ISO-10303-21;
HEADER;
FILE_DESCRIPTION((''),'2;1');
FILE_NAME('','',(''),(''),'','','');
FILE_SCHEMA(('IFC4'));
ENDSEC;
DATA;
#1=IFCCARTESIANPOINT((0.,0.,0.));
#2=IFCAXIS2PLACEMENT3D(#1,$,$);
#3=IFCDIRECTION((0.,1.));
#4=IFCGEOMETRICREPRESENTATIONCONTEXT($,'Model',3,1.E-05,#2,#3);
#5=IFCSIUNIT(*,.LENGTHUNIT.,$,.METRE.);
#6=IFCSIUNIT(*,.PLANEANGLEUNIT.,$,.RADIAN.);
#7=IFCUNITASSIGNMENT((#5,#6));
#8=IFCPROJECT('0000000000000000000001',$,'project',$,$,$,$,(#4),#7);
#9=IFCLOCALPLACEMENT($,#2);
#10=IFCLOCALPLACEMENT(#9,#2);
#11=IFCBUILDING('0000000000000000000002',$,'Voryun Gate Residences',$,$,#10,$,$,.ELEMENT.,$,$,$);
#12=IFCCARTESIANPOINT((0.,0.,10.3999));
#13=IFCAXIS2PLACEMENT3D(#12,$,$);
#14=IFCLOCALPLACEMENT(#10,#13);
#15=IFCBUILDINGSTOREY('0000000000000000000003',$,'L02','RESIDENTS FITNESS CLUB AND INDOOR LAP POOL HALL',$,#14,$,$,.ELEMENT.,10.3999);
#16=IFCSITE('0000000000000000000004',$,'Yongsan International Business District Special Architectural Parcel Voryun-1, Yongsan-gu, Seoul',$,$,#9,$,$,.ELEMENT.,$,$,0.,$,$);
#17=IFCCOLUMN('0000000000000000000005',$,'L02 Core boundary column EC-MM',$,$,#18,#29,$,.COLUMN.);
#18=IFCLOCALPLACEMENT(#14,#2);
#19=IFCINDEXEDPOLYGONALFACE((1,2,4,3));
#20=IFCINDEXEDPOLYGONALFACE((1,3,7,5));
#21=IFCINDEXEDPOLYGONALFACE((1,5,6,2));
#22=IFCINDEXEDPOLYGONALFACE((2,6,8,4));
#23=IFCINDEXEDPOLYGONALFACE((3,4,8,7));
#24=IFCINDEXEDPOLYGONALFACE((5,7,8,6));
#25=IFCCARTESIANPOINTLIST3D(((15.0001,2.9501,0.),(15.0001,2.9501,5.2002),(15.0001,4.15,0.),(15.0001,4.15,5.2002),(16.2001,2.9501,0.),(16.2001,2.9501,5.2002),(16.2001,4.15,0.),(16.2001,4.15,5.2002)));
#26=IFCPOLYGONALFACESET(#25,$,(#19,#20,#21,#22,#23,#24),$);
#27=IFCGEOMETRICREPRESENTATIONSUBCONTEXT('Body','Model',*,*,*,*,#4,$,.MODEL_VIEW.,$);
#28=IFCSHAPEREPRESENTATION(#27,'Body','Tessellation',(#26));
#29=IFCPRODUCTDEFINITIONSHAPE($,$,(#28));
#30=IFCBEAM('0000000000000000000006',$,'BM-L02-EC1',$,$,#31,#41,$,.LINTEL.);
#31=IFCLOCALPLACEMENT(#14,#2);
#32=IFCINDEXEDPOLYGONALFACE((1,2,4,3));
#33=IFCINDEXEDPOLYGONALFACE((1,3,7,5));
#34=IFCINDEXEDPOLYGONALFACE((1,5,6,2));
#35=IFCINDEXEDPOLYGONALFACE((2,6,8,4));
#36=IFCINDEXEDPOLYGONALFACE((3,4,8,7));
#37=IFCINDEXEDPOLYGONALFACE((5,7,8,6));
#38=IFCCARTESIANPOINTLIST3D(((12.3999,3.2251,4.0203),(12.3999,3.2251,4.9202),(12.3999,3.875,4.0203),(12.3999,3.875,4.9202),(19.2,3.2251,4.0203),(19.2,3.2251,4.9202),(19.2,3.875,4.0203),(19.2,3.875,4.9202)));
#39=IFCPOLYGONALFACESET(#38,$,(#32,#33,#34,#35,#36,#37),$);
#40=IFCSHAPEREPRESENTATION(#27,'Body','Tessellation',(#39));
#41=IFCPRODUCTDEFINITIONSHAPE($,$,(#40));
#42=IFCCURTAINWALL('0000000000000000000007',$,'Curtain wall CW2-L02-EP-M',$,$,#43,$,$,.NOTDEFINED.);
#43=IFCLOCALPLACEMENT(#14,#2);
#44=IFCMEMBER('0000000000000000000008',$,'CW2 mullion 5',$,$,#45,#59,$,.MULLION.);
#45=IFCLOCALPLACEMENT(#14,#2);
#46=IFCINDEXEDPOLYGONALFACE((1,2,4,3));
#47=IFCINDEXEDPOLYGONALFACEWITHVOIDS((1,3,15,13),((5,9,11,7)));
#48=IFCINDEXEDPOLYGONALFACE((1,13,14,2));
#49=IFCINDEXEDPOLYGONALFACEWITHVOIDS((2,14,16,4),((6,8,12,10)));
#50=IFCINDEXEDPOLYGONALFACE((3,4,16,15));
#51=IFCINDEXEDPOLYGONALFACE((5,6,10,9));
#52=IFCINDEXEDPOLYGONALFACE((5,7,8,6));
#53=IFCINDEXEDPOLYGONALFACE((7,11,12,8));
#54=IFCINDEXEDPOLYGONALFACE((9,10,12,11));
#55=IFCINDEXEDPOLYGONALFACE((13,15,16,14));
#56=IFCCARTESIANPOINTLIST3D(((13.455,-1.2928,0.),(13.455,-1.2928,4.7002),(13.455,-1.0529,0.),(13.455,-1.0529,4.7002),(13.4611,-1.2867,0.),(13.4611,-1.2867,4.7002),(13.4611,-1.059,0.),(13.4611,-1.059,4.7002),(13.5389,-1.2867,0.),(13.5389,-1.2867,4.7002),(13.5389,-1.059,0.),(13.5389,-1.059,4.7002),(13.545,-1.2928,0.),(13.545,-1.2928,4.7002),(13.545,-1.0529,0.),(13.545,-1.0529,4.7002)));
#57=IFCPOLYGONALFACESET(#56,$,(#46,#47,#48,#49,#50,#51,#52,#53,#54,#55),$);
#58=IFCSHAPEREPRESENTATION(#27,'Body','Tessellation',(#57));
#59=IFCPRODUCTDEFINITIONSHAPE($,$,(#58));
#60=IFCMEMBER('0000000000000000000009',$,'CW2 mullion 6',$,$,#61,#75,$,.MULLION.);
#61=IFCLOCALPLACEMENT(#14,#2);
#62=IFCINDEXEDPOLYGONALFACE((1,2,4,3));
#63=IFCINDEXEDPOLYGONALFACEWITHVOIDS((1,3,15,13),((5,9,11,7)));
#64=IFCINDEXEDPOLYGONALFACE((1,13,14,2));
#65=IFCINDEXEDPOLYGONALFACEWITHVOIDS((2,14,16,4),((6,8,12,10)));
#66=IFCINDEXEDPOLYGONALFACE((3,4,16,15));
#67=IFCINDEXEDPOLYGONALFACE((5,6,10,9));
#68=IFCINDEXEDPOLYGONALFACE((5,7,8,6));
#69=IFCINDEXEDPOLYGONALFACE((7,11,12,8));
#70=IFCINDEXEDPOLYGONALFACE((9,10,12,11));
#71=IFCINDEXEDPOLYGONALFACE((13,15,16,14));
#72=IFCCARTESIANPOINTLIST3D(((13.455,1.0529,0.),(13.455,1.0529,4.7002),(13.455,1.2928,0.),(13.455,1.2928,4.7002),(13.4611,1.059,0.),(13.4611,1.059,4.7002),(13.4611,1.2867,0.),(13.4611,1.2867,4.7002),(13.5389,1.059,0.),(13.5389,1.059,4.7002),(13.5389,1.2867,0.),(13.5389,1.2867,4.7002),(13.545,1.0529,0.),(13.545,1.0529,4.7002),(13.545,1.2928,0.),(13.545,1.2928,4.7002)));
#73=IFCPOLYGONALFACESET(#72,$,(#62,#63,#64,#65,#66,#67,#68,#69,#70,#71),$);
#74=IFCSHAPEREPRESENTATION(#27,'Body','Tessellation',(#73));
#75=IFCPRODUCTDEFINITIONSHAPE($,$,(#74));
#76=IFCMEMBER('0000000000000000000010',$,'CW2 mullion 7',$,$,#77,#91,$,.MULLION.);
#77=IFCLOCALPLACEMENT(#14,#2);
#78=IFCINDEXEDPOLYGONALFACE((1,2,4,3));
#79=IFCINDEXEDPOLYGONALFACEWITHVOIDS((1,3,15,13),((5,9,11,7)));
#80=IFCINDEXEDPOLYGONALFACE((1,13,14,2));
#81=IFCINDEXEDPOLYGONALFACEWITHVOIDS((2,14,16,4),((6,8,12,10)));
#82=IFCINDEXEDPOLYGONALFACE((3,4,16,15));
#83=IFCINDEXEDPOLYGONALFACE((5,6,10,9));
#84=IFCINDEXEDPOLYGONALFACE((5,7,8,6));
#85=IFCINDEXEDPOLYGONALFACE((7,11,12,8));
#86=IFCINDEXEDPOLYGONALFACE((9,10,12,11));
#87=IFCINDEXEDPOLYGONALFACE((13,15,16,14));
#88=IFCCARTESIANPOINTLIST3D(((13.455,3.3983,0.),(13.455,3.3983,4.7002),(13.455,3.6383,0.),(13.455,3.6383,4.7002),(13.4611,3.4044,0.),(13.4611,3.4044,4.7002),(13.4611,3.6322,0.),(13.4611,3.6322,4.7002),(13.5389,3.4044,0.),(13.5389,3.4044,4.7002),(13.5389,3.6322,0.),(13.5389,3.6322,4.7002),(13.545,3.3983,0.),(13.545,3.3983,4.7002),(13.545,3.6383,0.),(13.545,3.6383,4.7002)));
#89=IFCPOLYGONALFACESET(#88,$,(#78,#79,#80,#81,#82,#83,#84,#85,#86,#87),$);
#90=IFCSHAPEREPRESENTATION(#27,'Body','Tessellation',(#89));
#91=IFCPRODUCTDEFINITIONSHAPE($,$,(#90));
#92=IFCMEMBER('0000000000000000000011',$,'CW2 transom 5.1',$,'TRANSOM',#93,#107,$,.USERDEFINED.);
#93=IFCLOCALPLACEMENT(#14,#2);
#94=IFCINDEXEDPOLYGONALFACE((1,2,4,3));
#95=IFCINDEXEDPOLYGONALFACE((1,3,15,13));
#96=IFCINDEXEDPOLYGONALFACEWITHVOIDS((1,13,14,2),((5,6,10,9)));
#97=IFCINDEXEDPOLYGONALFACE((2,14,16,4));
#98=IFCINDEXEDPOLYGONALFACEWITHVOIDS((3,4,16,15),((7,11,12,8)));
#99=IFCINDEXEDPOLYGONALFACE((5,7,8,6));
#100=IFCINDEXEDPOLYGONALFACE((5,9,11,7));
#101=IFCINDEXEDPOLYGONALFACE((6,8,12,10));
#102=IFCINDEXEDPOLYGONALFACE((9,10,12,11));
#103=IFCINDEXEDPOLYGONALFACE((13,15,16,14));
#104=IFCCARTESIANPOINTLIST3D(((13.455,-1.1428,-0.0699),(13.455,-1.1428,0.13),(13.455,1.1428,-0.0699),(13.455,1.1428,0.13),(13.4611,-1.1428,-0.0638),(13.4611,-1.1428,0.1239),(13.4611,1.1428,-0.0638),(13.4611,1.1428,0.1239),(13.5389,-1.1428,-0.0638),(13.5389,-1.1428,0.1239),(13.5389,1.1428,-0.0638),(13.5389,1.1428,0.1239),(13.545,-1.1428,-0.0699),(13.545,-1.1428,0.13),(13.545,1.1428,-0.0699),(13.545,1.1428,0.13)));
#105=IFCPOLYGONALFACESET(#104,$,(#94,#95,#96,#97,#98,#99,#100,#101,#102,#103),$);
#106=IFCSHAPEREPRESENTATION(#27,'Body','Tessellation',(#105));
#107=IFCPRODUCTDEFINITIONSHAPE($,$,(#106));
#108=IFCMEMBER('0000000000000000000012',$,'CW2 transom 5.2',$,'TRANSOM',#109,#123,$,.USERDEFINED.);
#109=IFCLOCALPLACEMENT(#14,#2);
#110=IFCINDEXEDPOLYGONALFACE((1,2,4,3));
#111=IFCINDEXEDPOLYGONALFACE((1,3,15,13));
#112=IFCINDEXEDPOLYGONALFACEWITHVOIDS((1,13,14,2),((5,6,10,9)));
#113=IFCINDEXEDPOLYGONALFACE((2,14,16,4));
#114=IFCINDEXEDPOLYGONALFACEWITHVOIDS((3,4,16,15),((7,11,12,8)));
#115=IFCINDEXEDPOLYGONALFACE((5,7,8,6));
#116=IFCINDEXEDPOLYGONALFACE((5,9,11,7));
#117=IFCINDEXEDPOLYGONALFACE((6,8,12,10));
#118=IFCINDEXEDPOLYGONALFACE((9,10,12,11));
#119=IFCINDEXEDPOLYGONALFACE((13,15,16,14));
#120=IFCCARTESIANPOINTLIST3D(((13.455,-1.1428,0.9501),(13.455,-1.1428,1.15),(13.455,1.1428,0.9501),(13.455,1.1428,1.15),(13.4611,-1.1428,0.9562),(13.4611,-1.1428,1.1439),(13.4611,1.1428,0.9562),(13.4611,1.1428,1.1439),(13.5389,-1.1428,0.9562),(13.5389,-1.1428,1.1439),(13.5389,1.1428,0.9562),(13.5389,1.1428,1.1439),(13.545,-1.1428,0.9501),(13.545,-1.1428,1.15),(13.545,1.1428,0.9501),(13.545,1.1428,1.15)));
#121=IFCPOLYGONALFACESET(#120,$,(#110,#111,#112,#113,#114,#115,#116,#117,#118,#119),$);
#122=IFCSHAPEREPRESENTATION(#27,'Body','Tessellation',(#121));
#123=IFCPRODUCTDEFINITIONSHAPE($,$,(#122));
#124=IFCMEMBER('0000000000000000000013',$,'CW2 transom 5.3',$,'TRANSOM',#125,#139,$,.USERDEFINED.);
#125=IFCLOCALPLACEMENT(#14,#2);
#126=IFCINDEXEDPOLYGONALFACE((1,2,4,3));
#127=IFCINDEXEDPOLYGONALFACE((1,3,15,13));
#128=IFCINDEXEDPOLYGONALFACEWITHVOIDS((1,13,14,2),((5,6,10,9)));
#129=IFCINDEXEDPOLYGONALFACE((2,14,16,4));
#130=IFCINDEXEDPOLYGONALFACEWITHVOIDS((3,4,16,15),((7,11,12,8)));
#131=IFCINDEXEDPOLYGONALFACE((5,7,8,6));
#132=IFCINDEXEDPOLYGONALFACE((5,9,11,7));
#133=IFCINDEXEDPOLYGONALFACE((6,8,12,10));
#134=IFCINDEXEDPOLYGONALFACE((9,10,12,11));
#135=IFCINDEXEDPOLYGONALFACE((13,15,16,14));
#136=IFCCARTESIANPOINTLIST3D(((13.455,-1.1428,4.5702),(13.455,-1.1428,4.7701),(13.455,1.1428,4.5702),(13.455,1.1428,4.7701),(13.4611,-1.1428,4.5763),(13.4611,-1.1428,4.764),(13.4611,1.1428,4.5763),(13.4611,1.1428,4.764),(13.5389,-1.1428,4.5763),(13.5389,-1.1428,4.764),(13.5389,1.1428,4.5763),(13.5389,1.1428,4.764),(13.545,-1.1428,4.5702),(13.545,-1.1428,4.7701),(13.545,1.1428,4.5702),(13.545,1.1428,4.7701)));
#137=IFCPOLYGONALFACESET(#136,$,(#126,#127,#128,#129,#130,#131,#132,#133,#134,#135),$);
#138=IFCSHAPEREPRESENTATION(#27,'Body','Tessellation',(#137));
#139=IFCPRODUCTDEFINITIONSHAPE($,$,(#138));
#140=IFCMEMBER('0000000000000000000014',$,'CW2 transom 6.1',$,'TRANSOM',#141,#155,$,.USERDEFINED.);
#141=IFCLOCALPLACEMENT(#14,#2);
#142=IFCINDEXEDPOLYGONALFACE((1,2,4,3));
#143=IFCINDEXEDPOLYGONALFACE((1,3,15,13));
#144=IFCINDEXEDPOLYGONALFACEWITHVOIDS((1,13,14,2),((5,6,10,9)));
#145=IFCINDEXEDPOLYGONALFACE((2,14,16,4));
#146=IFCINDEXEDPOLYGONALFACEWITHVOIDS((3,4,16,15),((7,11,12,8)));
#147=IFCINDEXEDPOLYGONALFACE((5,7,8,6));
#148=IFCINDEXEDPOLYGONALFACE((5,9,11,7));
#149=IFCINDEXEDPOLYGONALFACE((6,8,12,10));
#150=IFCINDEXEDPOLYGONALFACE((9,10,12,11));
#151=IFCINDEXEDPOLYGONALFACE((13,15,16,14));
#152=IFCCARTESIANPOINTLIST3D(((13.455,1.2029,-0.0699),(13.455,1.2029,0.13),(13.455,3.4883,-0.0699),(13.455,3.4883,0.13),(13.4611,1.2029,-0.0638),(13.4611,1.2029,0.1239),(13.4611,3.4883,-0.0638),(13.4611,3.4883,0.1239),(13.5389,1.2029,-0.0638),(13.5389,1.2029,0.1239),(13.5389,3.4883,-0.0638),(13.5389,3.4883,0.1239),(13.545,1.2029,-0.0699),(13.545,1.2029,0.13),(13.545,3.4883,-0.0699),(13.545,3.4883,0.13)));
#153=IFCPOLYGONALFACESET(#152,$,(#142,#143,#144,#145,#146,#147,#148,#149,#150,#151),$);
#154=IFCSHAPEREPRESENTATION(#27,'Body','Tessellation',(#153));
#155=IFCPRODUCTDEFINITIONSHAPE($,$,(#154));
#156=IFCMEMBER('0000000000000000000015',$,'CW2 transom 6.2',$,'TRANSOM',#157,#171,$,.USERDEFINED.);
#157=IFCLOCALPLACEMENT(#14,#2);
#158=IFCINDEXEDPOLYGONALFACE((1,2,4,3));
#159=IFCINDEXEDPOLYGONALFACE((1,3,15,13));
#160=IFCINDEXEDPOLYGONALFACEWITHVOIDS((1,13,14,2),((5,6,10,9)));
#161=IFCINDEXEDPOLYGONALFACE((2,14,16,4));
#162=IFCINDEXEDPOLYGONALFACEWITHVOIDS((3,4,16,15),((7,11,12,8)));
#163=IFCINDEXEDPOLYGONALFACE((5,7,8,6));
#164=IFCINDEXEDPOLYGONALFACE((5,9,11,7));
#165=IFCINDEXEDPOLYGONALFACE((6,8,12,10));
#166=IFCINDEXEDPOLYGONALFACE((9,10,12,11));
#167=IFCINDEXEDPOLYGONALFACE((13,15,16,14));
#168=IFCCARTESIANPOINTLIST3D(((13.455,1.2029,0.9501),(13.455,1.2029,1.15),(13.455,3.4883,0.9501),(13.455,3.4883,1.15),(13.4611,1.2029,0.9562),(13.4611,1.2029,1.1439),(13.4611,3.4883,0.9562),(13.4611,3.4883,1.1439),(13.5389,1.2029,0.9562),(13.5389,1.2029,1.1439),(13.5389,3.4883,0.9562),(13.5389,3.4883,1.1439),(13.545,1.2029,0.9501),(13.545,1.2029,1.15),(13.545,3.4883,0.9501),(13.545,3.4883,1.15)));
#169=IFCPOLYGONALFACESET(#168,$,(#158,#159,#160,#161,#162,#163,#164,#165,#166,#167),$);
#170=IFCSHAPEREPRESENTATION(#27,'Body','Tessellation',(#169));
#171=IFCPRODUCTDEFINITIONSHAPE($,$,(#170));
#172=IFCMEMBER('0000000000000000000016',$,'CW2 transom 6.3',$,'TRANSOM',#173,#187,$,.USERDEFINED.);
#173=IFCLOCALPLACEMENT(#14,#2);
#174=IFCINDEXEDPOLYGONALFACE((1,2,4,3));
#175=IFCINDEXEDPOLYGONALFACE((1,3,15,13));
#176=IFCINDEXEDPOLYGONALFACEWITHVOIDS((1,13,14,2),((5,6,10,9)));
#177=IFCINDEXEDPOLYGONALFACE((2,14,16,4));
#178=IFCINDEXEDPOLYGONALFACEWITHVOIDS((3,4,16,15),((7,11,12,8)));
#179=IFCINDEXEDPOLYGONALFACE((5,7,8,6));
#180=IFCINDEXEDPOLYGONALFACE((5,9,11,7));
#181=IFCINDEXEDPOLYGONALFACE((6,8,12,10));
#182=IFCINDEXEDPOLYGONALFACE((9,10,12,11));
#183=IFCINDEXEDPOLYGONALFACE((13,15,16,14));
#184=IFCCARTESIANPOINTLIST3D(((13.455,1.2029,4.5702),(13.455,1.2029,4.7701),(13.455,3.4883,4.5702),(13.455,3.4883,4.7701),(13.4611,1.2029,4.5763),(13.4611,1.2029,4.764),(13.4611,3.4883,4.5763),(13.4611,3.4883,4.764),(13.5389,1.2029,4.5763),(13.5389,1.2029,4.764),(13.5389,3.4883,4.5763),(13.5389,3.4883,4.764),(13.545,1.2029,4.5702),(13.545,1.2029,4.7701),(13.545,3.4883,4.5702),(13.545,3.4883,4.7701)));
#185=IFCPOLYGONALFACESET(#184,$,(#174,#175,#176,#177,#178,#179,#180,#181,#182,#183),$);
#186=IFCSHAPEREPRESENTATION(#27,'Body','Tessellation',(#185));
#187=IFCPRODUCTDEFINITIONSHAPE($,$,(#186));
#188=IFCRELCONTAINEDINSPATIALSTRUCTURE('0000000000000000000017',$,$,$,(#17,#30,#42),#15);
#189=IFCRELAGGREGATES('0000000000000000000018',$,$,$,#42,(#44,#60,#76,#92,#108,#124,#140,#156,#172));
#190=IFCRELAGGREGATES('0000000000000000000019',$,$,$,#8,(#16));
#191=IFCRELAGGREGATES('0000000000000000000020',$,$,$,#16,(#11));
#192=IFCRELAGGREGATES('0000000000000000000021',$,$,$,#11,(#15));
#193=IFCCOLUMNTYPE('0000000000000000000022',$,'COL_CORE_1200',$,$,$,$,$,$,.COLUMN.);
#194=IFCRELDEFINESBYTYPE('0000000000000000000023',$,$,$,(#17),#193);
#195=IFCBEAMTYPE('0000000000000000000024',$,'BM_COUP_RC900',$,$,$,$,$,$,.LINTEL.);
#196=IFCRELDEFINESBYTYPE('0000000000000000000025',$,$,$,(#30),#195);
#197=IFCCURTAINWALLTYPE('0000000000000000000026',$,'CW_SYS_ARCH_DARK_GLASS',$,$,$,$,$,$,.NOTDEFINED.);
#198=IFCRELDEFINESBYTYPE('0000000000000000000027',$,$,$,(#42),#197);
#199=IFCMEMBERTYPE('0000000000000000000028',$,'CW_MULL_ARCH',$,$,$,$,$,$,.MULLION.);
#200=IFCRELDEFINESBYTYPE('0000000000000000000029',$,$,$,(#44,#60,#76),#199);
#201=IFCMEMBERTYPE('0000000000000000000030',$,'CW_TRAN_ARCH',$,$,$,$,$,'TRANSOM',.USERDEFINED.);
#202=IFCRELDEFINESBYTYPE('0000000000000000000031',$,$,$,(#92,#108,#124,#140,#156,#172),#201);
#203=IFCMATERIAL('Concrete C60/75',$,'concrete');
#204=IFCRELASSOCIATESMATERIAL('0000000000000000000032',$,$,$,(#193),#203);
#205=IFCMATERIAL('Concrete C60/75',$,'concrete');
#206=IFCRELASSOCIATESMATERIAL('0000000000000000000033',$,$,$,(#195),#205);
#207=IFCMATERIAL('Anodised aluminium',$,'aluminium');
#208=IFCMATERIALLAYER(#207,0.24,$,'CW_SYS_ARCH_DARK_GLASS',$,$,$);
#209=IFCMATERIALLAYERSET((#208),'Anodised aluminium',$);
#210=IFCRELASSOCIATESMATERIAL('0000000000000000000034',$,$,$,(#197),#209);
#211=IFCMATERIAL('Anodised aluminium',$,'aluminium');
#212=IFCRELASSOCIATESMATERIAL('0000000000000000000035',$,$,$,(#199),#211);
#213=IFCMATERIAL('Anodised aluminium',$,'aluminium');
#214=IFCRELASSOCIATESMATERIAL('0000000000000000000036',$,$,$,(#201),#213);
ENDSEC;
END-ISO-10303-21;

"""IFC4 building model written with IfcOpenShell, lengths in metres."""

from ifc_helpers import new_model, si_unit, direction, frame, origin, origin_2d, place, context, subcontext, project, spatial, rectangle, hollow_rectangle, extrude, material, layer, layer_set, material_profile, profile_set, type_object, element, aggregate, save


model = new_model("IFC4")

# Units and contexts
model_context = context("Model", 3, precision=1e-05, world=origin(), true_north=direction((0.0, 1.0)))
body_context = subcontext(model_context, "Body", "Model", "MODEL_VIEW")
ifc_project = project(units=[si_unit("LENGTHUNIT", "METRE"), si_unit("PLANEANGLEUNIT", "RADIAN")], contexts=[model_context])

# Site, building, storey
site_placement = place(None, origin())
site = spatial("IfcSite", under=ifc_project, at=site_placement, Name="Yongsan International Business District Special Architectural Parcel Voryun-1, Yongsan-gu, Seoul", CompositionType="ELEMENT", RefElevation=0.0)
building_placement = place(site_placement, origin())
building = spatial("IfcBuilding", under=site, at=building_placement, Name="Voryun Gate Residences", CompositionType="ELEMENT")
storey_placement = place(building_placement, frame((0.0, 0.0, 10.3999)))
storey = spatial("IfcBuildingStorey", under=building, at=storey_placement, Name="L02", Description="RESIDENTS FITNESS CLUB AND INDOOR LAP POOL HALL", CompositionType="ELEMENT", Elevation=10.3999)

# Column
ifc_material_1 = material(Name="Concrete C60/75", Category="concrete")
ifc_material_profile_1 = material_profile(ifc_material_1, rectangle(XDim=1.2, YDim=1.2, at=origin_2d()), Name="RC-1200x1200")
ifc_profile_set_1 = profile_set([ifc_material_profile_1], Name="Concrete C60/75")
column_type = type_object("IfcColumnType", Name="COL_CORE_1200", PredefinedType="COLUMN", material=ifc_profile_set_1)
column_placement = place(storey_placement, frame((15.6001, 3.55, 0.0), z_axis=(0.0, 0.0, 1.0), x_axis=(1.0, 0.0, 0.0)))
element("IfcColumn", 1, at=column_placement, inside=storey, type_object=column_type, Name="L02 Core boundary column EC-MM", PredefinedType="COLUMN", context=body_context, shape_type="SweptSolid", body=[
    extrude(rectangle(XDim=1.2, YDim=1.2, at=origin_2d()), origin(), (0.0, 0.0, 1.0), 5.2002),
])

# Beam
ifc_material_2 = material(Name="Concrete C60/75", Category="concrete")
ifc_material_profile_2 = material_profile(ifc_material_2, rectangle(XDim=0.6499, YDim=0.8999, at=origin_2d()), Name="RC-650x900")
ifc_profile_set_2 = profile_set([ifc_material_profile_2], Name="Concrete C60/75")
beam_type = type_object("IfcBeamType", Name="BM_COUP_RC900", PredefinedType="LINTEL", material=ifc_profile_set_2)
beam_placement = place(storey_placement, frame((12.3999, 3.55, 4.4702), z_axis=(1.0, 0.0, 0.0), x_axis=(0.0, 1.0, 0.0)))
element("IfcBeam", 2, at=beam_placement, inside=storey, type_object=beam_type, Name="BM-L02-EC1", PredefinedType="LINTEL", context=body_context, shape_type="SweptSolid", body=[
    extrude(rectangle(XDim=0.6499, YDim=0.8999, at=origin_2d()), origin(), (0.0, 0.0, 1.0), 6.8),
])

# Curtain wall, members
ifc_material_3 = material(Name="Anodised aluminium", Category="aluminium")
ifc_layer_1 = layer(ifc_material_3, 0.24, Name="CW_SYS_ARCH_DARK_GLASS")
ifc_layer_set_1 = layer_set([ifc_layer_1], Name="Anodised aluminium")
curtain_wall_type = type_object("IfcCurtainWallType", Name="CW_SYS_ARCH_DARK_GLASS", PredefinedType="NOTDEFINED", material=ifc_layer_set_1)
curtain_wall_placement = place(storey_placement, origin())
curtain_wall = element("IfcCurtainWall", 3, at=curtain_wall_placement, inside=storey, type_object=curtain_wall_type, Name="Curtain wall CW2-L02-EP-M", PredefinedType="NOTDEFINED")
ifc_material_4 = material(Name="Anodised aluminium", Category="aluminium")
ifc_material_profile_3 = material_profile(ifc_material_4, hollow_rectangle(XDim=0.0901, YDim=0.24, WallThickness=0.0061, at=origin_2d()), Name="ALU-MULL-240x90x6")
ifc_profile_set_3 = profile_set([ifc_material_profile_3], Name="Anodised aluminium")
member_type_1 = type_object("IfcMemberType", Name="CW_MULL_ARCH", PredefinedType="MULLION", material=ifc_profile_set_3)
member_1_placement = place(storey_placement, frame((13.5, -1.1729, 0.0), z_axis=(0.0, 0.0, 1.0), x_axis=(-1.0, 0.0, 0.0)))
member_1 = element("IfcMember", 4, at=member_1_placement, type_object=member_type_1, Name="CW2 mullion 5", PredefinedType="MULLION", context=body_context, shape_type="SweptSolid", body=[
    extrude(hollow_rectangle(XDim=0.0901, YDim=0.24, WallThickness=0.0061, at=origin_2d()), origin(), (0.0, 0.0, 1.0), 4.7002),
])
member_2_placement = place(storey_placement, frame((13.5, 1.1729, 0.0), z_axis=(0.0, 0.0, 1.0), x_axis=(-1.0, 0.0, 0.0)))
member_2 = element("IfcMember", 5, at=member_2_placement, type_object=member_type_1, Name="CW2 mullion 6", PredefinedType="MULLION", context=body_context, shape_type="SweptSolid", body=[
    extrude(hollow_rectangle(XDim=0.0901, YDim=0.24, WallThickness=0.0061, at=origin_2d()), origin(), (0.0, 0.0, 1.0), 4.7002),
])
member_3_placement = place(storey_placement, frame((13.5, 3.5183, 0.0), z_axis=(0.0, 0.0, 1.0), x_axis=(-1.0, 0.0, 0.0)))
member_3 = element("IfcMember", 6, at=member_3_placement, type_object=member_type_1, Name="CW2 mullion 7", PredefinedType="MULLION", context=body_context, shape_type="SweptSolid", body=[
    extrude(hollow_rectangle(XDim=0.0901, YDim=0.24, WallThickness=0.0061, at=origin_2d()), origin(), (0.0, 0.0, 1.0), 4.7002),
])
ifc_material_5 = material(Name="Anodised aluminium", Category="aluminium")
ifc_material_profile_4 = material_profile(ifc_material_5, hollow_rectangle(XDim=0.0901, YDim=0.2, WallThickness=0.0061, at=origin_2d()), Name="ALU-TRAN-200x90x6")
ifc_profile_set_4 = profile_set([ifc_material_profile_4], Name="Anodised aluminium")
member_type_2 = type_object("IfcMemberType", Name="CW_TRAN_ARCH", ElementType="TRANSOM", PredefinedType="USERDEFINED", material=ifc_profile_set_4)
member_4_placement = place(storey_placement, frame((13.5, -1.1428, 0.03), z_axis=(0.0, 1.0, 0.0), x_axis=(-1.0, 0.0, 0.0)))
member_4 = element("IfcMember", 7, at=member_4_placement, type_object=member_type_2, Name="CW2 transom 5.1", ObjectType="TRANSOM", PredefinedType="USERDEFINED", context=body_context, shape_type="SweptSolid", body=[
    extrude(hollow_rectangle(XDim=0.0901, YDim=0.2, WallThickness=0.0061, at=origin_2d()), origin(), (0.0, 0.0, 1.0), 2.2856),
])
member_5_placement = place(storey_placement, frame((13.5, -1.1428, 1.05), z_axis=(0.0, 1.0, 0.0), x_axis=(-1.0, 0.0, 0.0)))
member_5 = element("IfcMember", 8, at=member_5_placement, type_object=member_type_2, Name="CW2 transom 5.2", ObjectType="TRANSOM", PredefinedType="USERDEFINED", context=body_context, shape_type="SweptSolid", body=[
    extrude(hollow_rectangle(XDim=0.0901, YDim=0.2, WallThickness=0.0061, at=origin_2d()), origin(), (0.0, 0.0, 1.0), 2.2856),
])
member_6_placement = place(storey_placement, frame((13.5, -1.1428, 4.6702), z_axis=(0.0, 1.0, 0.0), x_axis=(-1.0, 0.0, 0.0)))
member_6 = element("IfcMember", 9, at=member_6_placement, type_object=member_type_2, Name="CW2 transom 5.3", ObjectType="TRANSOM", PredefinedType="USERDEFINED", context=body_context, shape_type="SweptSolid", body=[
    extrude(hollow_rectangle(XDim=0.0901, YDim=0.2, WallThickness=0.0061, at=origin_2d()), origin(), (0.0, 0.0, 1.0), 2.2856),
])
member_7_placement = place(storey_placement, frame((13.5, 1.2029, 0.03), z_axis=(0.0, 1.0, 0.0), x_axis=(-1.0, 0.0, 0.0)))
member_7 = element("IfcMember", 10, at=member_7_placement, type_object=member_type_2, Name="CW2 transom 6.1", ObjectType="TRANSOM", PredefinedType="USERDEFINED", context=body_context, shape_type="SweptSolid", body=[
    extrude(hollow_rectangle(XDim=0.0901, YDim=0.2, WallThickness=0.0061, at=origin_2d()), origin(), (0.0, 0.0, 1.0), 2.2854),
])
member_8_placement = place(storey_placement, frame((13.5, 1.2029, 1.05), z_axis=(0.0, 1.0, 0.0), x_axis=(-1.0, 0.0, 0.0)))
member_8 = element("IfcMember", 11, at=member_8_placement, type_object=member_type_2, Name="CW2 transom 6.2", ObjectType="TRANSOM", PredefinedType="USERDEFINED", context=body_context, shape_type="SweptSolid", body=[
    extrude(hollow_rectangle(XDim=0.0901, YDim=0.2, WallThickness=0.0061, at=origin_2d()), origin(), (0.0, 0.0, 1.0), 2.2854),
])
member_9_placement = place(storey_placement, frame((13.5, 1.2029, 4.6702), z_axis=(0.0, 1.0, 0.0), x_axis=(-1.0, 0.0, 0.0)))
member_9 = element("IfcMember", 12, at=member_9_placement, type_object=member_type_2, Name="CW2 transom 6.3", ObjectType="TRANSOM", PredefinedType="USERDEFINED", context=body_context, shape_type="SweptSolid", body=[
    extrude(hollow_rectangle(XDim=0.0901, YDim=0.2, WallThickness=0.0061, at=origin_2d()), origin(), (0.0, 0.0, 1.0), 2.2854),
])
aggregate(curtain_wall, [member_1, member_2, member_3, member_4, member_5, member_6, member_7, member_8, member_9])

save(model, "model.ifc")
